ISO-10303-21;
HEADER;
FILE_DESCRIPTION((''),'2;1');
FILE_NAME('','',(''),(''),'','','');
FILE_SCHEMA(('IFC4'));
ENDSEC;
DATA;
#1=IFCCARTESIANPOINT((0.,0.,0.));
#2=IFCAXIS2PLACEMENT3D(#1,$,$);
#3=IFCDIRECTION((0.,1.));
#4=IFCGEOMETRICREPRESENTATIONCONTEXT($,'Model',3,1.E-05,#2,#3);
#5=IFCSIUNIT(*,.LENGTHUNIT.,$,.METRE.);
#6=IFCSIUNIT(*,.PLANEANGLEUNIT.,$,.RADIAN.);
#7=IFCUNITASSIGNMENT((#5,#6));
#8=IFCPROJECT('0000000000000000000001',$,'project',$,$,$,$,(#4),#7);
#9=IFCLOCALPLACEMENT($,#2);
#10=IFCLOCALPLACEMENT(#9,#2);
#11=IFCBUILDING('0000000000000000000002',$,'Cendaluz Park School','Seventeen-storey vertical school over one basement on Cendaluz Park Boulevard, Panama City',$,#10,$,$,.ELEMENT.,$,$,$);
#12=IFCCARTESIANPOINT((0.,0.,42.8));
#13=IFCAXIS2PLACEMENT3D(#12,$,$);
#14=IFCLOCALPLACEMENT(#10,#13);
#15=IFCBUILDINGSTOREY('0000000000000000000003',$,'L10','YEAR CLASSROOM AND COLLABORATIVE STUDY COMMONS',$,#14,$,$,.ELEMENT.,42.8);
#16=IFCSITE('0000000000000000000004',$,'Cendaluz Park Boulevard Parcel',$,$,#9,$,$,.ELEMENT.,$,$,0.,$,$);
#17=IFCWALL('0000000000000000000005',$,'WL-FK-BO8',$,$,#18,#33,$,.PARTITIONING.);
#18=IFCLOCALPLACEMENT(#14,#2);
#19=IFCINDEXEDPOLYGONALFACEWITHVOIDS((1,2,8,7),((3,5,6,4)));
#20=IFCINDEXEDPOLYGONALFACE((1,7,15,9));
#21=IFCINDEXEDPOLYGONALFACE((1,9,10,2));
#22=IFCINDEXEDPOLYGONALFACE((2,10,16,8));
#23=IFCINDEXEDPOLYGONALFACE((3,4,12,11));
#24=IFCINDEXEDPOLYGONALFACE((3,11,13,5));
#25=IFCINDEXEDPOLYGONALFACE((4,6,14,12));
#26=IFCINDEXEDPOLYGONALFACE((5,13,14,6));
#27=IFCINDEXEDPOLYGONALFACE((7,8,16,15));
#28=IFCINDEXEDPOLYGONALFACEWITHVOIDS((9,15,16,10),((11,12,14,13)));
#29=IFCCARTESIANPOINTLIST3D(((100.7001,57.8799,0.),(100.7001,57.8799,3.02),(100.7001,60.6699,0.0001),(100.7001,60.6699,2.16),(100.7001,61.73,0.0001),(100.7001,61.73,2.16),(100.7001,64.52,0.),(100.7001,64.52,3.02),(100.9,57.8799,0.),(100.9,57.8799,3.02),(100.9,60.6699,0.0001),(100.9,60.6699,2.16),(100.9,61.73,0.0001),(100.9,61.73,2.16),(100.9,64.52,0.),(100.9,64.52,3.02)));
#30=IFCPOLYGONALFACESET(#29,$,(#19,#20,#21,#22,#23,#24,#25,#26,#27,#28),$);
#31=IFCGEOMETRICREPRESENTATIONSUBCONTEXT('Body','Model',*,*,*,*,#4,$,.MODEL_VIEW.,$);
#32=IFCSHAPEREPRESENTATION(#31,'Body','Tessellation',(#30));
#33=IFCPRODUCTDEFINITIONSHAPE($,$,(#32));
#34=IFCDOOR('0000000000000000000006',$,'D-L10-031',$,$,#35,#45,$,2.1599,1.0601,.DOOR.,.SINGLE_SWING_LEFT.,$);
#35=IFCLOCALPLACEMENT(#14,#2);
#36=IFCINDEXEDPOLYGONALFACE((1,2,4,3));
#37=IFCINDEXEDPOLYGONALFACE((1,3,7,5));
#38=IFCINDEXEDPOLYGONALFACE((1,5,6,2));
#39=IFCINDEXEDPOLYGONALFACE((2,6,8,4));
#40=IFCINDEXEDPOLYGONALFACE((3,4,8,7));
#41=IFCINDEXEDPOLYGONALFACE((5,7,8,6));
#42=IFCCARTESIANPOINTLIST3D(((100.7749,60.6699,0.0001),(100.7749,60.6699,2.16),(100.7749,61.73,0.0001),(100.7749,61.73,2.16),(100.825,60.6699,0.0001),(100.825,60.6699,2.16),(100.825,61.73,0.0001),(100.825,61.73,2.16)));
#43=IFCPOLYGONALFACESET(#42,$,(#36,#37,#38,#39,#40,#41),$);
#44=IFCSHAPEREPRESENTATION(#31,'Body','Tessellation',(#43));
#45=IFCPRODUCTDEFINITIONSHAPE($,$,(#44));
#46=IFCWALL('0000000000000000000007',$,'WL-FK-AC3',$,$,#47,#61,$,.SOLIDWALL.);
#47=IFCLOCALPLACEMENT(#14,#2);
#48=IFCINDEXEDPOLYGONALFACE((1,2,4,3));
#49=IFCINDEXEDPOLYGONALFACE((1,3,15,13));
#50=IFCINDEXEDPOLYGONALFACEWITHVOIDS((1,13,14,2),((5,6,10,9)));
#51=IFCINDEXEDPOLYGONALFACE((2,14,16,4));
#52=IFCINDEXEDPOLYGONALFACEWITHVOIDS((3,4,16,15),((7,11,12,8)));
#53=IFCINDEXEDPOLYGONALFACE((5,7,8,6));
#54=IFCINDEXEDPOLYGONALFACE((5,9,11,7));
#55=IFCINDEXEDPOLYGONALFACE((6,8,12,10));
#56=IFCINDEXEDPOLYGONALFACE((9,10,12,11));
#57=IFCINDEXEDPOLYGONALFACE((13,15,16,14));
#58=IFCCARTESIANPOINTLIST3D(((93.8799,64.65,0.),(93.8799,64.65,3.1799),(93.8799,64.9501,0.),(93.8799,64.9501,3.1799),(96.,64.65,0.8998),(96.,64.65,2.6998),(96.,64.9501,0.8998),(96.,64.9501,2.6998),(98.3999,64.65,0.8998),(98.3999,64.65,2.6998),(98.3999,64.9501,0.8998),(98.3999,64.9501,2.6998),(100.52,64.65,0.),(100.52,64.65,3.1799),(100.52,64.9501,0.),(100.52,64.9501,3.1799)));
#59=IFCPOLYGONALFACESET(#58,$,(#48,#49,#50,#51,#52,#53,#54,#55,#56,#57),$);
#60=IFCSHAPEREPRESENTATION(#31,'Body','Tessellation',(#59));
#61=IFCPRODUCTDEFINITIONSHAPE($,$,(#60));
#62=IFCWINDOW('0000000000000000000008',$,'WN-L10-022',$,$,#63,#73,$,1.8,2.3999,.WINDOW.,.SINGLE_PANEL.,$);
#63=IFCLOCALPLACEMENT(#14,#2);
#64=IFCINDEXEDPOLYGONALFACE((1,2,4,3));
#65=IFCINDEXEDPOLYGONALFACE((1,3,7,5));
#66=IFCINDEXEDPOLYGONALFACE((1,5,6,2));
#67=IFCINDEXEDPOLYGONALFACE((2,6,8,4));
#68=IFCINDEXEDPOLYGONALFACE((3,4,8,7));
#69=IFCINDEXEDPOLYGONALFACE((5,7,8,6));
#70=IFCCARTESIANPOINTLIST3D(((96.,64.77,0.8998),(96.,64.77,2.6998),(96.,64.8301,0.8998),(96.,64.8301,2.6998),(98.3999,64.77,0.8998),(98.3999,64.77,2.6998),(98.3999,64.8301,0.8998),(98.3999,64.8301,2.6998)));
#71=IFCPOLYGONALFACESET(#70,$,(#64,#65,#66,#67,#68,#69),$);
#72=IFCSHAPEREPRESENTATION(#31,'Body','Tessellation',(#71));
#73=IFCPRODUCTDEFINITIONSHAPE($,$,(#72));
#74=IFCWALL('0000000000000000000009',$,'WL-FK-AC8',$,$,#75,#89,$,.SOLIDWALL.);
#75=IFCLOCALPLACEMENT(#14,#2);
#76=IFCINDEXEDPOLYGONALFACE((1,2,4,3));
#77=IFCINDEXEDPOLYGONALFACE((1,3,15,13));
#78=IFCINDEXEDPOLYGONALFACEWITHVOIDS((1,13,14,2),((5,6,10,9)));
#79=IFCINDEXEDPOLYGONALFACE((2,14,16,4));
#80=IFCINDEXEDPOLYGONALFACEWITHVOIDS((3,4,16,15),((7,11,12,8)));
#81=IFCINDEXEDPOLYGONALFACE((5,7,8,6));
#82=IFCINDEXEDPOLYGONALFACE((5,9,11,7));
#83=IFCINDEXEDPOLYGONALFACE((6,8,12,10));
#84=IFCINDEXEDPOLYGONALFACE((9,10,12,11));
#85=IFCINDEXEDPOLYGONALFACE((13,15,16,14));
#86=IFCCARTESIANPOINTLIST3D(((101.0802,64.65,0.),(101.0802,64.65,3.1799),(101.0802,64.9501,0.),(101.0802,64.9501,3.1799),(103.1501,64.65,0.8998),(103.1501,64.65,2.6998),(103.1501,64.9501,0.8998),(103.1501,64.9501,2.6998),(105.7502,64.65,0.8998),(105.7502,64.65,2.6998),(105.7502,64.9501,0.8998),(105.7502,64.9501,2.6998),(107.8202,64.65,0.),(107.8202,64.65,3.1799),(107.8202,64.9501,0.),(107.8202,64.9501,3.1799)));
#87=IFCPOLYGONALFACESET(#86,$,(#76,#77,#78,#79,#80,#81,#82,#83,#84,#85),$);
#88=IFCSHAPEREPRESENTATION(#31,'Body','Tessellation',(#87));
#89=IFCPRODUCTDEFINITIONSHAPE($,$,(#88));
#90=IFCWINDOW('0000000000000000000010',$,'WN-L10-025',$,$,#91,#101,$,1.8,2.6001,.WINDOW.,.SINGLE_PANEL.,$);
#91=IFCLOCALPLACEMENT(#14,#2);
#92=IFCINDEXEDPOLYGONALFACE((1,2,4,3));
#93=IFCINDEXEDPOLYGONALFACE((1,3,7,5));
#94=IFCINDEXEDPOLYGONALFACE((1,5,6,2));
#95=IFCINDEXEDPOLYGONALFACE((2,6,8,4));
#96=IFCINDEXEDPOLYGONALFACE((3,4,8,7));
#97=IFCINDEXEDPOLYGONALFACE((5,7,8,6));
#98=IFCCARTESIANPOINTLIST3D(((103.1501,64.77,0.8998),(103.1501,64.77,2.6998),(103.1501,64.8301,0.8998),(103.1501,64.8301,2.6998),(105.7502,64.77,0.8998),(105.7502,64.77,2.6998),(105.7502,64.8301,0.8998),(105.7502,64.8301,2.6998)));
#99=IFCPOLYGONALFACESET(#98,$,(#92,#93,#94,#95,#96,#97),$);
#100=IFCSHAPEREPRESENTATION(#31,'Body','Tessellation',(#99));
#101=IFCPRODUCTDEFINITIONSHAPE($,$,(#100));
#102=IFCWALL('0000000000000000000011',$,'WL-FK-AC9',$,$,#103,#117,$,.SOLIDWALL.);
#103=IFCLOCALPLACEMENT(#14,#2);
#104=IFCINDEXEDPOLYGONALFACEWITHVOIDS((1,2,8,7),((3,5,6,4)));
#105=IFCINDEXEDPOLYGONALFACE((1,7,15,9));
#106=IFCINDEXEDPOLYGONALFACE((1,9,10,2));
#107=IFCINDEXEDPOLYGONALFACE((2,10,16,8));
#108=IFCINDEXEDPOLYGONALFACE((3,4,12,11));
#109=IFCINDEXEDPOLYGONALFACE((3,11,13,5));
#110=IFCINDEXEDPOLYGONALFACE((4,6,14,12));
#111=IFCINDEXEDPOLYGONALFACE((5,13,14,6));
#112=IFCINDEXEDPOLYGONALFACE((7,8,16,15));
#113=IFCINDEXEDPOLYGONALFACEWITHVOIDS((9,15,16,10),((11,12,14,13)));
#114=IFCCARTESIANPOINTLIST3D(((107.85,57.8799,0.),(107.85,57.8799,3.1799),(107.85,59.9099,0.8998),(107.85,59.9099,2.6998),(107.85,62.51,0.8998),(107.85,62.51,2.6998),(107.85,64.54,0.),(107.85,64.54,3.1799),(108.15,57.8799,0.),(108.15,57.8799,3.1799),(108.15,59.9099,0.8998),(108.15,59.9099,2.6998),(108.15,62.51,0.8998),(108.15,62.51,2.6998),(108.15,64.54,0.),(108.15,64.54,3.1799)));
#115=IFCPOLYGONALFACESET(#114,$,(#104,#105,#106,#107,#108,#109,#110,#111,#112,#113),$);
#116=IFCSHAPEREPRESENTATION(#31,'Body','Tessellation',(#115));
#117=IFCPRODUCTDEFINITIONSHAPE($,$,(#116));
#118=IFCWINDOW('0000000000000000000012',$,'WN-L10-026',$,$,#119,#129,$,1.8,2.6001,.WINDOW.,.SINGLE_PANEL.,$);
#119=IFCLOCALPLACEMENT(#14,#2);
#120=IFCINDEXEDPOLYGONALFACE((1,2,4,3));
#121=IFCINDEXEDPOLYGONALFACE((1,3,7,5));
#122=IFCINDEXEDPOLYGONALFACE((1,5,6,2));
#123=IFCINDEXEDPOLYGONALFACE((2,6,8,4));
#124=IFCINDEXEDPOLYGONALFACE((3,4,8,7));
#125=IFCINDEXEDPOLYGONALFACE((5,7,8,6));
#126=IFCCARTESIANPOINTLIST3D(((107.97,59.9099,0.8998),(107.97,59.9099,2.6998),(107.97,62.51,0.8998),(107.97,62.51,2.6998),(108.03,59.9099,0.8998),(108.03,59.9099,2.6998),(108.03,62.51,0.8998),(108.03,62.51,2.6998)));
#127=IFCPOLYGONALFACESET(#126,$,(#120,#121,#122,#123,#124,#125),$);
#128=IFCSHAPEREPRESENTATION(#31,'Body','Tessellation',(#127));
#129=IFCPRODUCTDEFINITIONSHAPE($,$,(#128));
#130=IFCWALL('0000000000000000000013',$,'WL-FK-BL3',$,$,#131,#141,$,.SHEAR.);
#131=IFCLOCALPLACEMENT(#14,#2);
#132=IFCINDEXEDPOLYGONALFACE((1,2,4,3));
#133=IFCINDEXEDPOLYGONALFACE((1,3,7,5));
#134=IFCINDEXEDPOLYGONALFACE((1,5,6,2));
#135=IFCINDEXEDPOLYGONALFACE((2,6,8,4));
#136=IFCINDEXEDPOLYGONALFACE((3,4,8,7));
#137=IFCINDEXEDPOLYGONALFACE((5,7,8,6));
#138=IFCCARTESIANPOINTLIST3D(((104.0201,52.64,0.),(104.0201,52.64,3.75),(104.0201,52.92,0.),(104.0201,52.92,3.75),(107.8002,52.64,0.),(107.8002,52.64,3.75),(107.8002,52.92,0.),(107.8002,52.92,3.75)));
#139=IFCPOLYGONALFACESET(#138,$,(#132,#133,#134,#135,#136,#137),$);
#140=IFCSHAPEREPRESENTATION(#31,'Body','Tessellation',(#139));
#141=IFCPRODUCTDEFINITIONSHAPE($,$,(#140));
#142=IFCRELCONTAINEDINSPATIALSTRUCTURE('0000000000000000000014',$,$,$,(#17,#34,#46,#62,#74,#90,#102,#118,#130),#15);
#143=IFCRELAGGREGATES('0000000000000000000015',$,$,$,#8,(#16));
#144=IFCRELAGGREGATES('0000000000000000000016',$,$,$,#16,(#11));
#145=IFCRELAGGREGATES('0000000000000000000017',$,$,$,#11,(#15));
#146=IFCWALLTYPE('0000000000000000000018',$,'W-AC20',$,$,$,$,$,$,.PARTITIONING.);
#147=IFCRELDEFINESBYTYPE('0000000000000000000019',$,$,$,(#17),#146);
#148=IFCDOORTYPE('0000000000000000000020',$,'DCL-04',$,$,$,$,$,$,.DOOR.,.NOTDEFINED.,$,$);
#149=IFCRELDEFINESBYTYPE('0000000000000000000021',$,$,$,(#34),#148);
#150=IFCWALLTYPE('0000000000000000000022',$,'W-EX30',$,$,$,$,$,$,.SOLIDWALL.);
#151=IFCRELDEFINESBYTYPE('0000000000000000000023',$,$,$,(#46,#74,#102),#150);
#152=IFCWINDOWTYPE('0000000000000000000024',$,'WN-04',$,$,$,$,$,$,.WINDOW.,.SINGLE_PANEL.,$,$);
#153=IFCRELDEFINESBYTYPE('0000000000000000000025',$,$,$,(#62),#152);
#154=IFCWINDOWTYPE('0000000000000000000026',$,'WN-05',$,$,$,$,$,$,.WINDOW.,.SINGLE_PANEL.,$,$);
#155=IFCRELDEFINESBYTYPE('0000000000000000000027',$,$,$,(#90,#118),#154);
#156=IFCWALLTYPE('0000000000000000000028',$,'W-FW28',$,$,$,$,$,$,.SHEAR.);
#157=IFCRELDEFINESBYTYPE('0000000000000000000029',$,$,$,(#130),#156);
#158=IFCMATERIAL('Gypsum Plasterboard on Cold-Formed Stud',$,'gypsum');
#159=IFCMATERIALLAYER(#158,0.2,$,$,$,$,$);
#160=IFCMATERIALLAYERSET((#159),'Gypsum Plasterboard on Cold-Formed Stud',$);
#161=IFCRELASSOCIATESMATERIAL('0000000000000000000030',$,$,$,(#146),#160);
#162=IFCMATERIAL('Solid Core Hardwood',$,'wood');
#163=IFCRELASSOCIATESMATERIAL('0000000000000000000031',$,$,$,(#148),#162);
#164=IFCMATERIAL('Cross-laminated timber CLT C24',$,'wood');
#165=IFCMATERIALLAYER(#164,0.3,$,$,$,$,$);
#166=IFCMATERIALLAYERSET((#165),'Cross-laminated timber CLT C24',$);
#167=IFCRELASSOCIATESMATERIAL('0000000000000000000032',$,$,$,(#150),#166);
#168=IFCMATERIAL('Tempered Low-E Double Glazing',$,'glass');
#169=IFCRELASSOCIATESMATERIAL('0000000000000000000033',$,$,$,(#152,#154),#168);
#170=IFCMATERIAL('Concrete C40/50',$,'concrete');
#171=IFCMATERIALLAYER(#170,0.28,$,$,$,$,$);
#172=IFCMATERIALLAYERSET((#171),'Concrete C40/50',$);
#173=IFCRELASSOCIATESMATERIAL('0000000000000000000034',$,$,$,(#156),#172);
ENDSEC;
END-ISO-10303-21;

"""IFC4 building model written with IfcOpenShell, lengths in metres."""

from ifc_helpers import new_model, si_unit, direction, frame, frame_2d, origin, place, context, subcontext, project, spatial, rectangle, extrude, material, layer, layer_set, type_object, element, fill, save


model = new_model("IFC4")

# Units and contexts
model_context = context("Model", 3, precision=1e-05, world=origin(), true_north=direction((0.0, 1.0)))
body_context = subcontext(model_context, "Body", "Model", "MODEL_VIEW")
ifc_project = project(units=[si_unit("LENGTHUNIT", "METRE"), si_unit("PLANEANGLEUNIT", "RADIAN")], contexts=[model_context])

# Site, building, storey
site_placement = place(None, origin())
site = spatial("IfcSite", under=ifc_project, at=site_placement, Name="Cendaluz Park Boulevard Parcel", CompositionType="ELEMENT", RefElevation=0.0)
building_placement = place(site_placement, origin())
building = spatial("IfcBuilding", under=site, at=building_placement, Name="Cendaluz Park School", Description="Seventeen-storey vertical school over one basement on Cendaluz Park Boulevard, Panama City", CompositionType="ELEMENT")
storey_placement = place(building_placement, frame((0.0, 0.0, 42.8)))
storey = spatial("IfcBuildingStorey", under=building, at=storey_placement, Name="L10", Description="YEAR CLASSROOM AND COLLABORATIVE STUDY COMMONS", CompositionType="ELEMENT", Elevation=42.8)

# Wall, opening, door
ifc_material_1 = material(Name="Gypsum Plasterboard on Cold-Formed Stud", Category="gypsum")
ifc_layer_1 = layer(ifc_material_1, 0.2)
ifc_layer_set_1 = layer_set([ifc_layer_1], Name="Gypsum Plasterboard on Cold-Formed Stud")
wall_type_1 = type_object("IfcWallType", Name="W-AC20", PredefinedType="PARTITIONING", material=ifc_layer_set_1)
wall_1_placement = place(storey_placement, frame((100.8, 57.8799, 0.0), z_axis=(0.0, 0.0, 1.0), x_axis=(0.0, 1.0, 0.0)))
wall_1 = element("IfcWall", 1, at=wall_1_placement, inside=storey, type_object=wall_type_1, Name="WL-FK-BO8", PredefinedType="PARTITIONING", context=body_context, shape_type="SweptSolid", body=[
    extrude(rectangle(XDim=6.6401, YDim=0.2, at=frame_2d((3.3201, 0.0))), origin(), (0.0, 0.0, 1.0), 3.02),
])
opening_1_placement = place(wall_1_placement, frame((2.79, 0.0, 0.0)))
opening_1 = element("IfcOpeningElement", 2, at=opening_1_placement, cuts=wall_1, PredefinedType="OPENING", context=body_context, shape_type="SweptSolid", body=[
    extrude(rectangle(XDim=1.0601, YDim=2.1599, at=frame_2d((0.53, 1.0801))), frame((0.0, 0.1121, 0.0), z_axis=(0.0, -1.0, 0.0), x_axis=(1.0, 0.0, 0.0)), (0.0, 0.0, 1.0), 0.2239),
])
ifc_material_2 = material(Name="Solid Core Hardwood", Category="wood")
door_type_1 = type_object("IfcDoorType", Name="DCL-04", OperationType="NOTDEFINED", PredefinedType="DOOR", material=ifc_material_2)
door_1_placement = place(opening_1_placement, frame((1.0601, 0.0, 0.0), z_axis=(0.0, 0.0, 1.0), x_axis=(-1.0, 0.0, 0.0)))
door_1 = element("IfcDoor", 3, at=door_1_placement, inside=storey, type_object=door_type_1, Name="D-L10-031", OperationType="SINGLE_SWING_LEFT", OverallHeight=2.1599, OverallWidth=1.0601, PredefinedType="DOOR", context=body_context, shape_type="SweptSolid", body=[
    extrude(rectangle(XDim=1.0601, YDim=2.1599, at=frame_2d((0.53, 1.0801))), frame((0.0, 0.0249, 0.0), z_axis=(0.0, -1.0, 0.0), x_axis=(1.0, 0.0, 0.0)), (0.0, 0.0, 1.0), 0.05),
])
fill(opening_1, door_1)

# Walls, openings, windows
ifc_material_3 = material(Name="Cross-laminated timber CLT C24", Category="wood")
ifc_layer_2 = layer(ifc_material_3, 0.3)
ifc_layer_set_2 = layer_set([ifc_layer_2], Name="Cross-laminated timber CLT C24")
wall_type_2 = type_object("IfcWallType", Name="W-EX30", PredefinedType="SOLIDWALL", material=ifc_layer_set_2)
wall_2_placement = place(storey_placement, frame((93.8799, 64.8, 0.0), z_axis=(0.0, 0.0, 1.0), x_axis=(1.0, 0.0, 0.0)))
wall_2 = element("IfcWall", 4, at=wall_2_placement, inside=storey, type_object=wall_type_2, Name="WL-FK-AC3", PredefinedType="SOLIDWALL", context=body_context, shape_type="SweptSolid", body=[
    extrude(rectangle(XDim=6.6401, YDim=0.3, at=frame_2d((3.3201, 0.0))), origin(), (0.0, 0.0, 1.0), 3.1799),
])
opening_2_placement = place(wall_2_placement, frame((2.1201, 0.0, 0.8999)))
opening_2 = element("IfcOpeningElement", 5, at=opening_2_placement, cuts=wall_2, PredefinedType="OPENING", context=body_context, shape_type="SweptSolid", body=[
    extrude(rectangle(XDim=2.3999, YDim=1.8, at=frame_2d((1.2, 0.8999))), frame((0.0, 0.1621, 0.0), z_axis=(0.0, -1.0, 0.0), x_axis=(1.0, 0.0, 0.0)), (0.0, 0.0, 1.0), 0.324),
])
ifc_material_4 = material(Name="Tempered Low-E Double Glazing", Category="glass")
window_type_1 = type_object("IfcWindowType", Name="WN-04", PartitioningType="SINGLE_PANEL", PredefinedType="WINDOW", material=ifc_material_4)
window_1_placement = place(opening_2_placement, origin())
window_1 = element("IfcWindow", 6, at=window_1_placement, inside=storey, type_object=window_type_1, Name="WN-L10-022", OverallHeight=1.8, OverallWidth=2.3999, PartitioningType="SINGLE_PANEL", PredefinedType="WINDOW", context=body_context, shape_type="SweptSolid", body=[
    extrude(rectangle(XDim=2.3999, YDim=1.8, at=frame_2d((1.2, 0.8999))), frame((0.0, 0.03, 0.0), z_axis=(0.0, -1.0, 0.0), x_axis=(1.0, 0.0, 0.0)), (0.0, 0.0, 1.0), 0.0601),
])
fill(opening_2, window_1)
wall_3_placement = place(storey_placement, frame((101.0801, 64.8, 0.0), z_axis=(0.0, 0.0, 1.0), x_axis=(1.0, 0.0, 0.0)))
wall_3 = element("IfcWall", 7, at=wall_3_placement, inside=storey, type_object=wall_type_2, Name="WL-FK-AC8", PredefinedType="SOLIDWALL", context=body_context, shape_type="SweptSolid", body=[
    extrude(rectangle(XDim=6.74, YDim=0.3, at=frame_2d((3.3701, 0.0))), origin(), (0.0, 0.0, 1.0), 3.1799),
])
opening_3_placement = place(wall_3_placement, frame((2.0701, 0.0, 0.8999)))
opening_3 = element("IfcOpeningElement", 8, at=opening_3_placement, cuts=wall_3, PredefinedType="OPENING", context=body_context, shape_type="SweptSolid", body=[
    extrude(rectangle(XDim=2.6001, YDim=1.8, at=frame_2d((1.3, 0.8999))), frame((0.0, 0.1621, 0.0), z_axis=(0.0, -1.0, 0.0), x_axis=(1.0, 0.0, 0.0)), (0.0, 0.0, 1.0), 0.324),
])
window_type_2 = type_object("IfcWindowType", Name="WN-05", PartitioningType="SINGLE_PANEL", PredefinedType="WINDOW", material=ifc_material_4)
window_2_placement = place(opening_3_placement, origin())
window_2 = element("IfcWindow", 9, at=window_2_placement, inside=storey, type_object=window_type_2, Name="WN-L10-025", OverallHeight=1.8, OverallWidth=2.6001, PartitioningType="SINGLE_PANEL", PredefinedType="WINDOW", context=body_context, shape_type="SweptSolid", body=[
    extrude(rectangle(XDim=2.6001, YDim=1.8, at=frame_2d((1.3, 0.8999))), frame((0.0, 0.03, 0.0), z_axis=(0.0, -1.0, 0.0), x_axis=(1.0, 0.0, 0.0)), (0.0, 0.0, 1.0), 0.0601),
])
fill(opening_3, window_2)
wall_4_placement = place(storey_placement, frame((108.0, 57.8799, 0.0), z_axis=(0.0, 0.0, 1.0), x_axis=(0.0, 1.0, 0.0)))
wall_4 = element("IfcWall", 10, at=wall_4_placement, inside=storey, type_object=wall_type_2, Name="WL-FK-AC9", PredefinedType="SOLIDWALL", context=body_context, shape_type="SweptSolid", body=[
    extrude(rectangle(XDim=6.6602, YDim=0.3, at=frame_2d((3.3301, 0.0))), origin(), (0.0, 0.0, 1.0), 3.1799),
])
opening_4_placement = place(wall_4_placement, frame((2.03, 0.0, 0.8999)))
opening_4 = element("IfcOpeningElement", 11, at=opening_4_placement, cuts=wall_4, PredefinedType="OPENING", context=body_context, shape_type="SweptSolid", body=[
    extrude(rectangle(XDim=2.6001, YDim=1.8, at=frame_2d((1.3, 0.8999))), frame((0.0, 0.1621, 0.0), z_axis=(0.0, -1.0, 0.0), x_axis=(1.0, 0.0, 0.0)), (0.0, 0.0, 1.0), 0.324),
])
window_3_placement = place(opening_4_placement, origin())
window_3 = element("IfcWindow", 12, at=window_3_placement, inside=storey, type_object=window_type_2, Name="WN-L10-026", OverallHeight=1.8, OverallWidth=2.6001, PartitioningType="SINGLE_PANEL", PredefinedType="WINDOW", context=body_context, shape_type="SweptSolid", body=[
    extrude(rectangle(XDim=2.6001, YDim=1.8, at=frame_2d((1.3, 0.8999))), frame((0.0, 0.03, 0.0), z_axis=(0.0, -1.0, 0.0), x_axis=(1.0, 0.0, 0.0)), (0.0, 0.0, 1.0), 0.0601),
])
fill(opening_4, window_3)

# Wall
ifc_material_5 = material(Name="Concrete C40/50", Category="concrete")
ifc_layer_3 = layer(ifc_material_5, 0.28)
ifc_layer_set_3 = layer_set([ifc_layer_3], Name="Concrete C40/50")
wall_type_3 = type_object("IfcWallType", Name="W-FW28", PredefinedType="SHEAR", material=ifc_layer_set_3)
wall_5_placement = place(storey_placement, frame((104.02, 52.78, 0.0), z_axis=(0.0, 0.0, 1.0), x_axis=(1.0, 0.0, 0.0)))
element("IfcWall", 13, at=wall_5_placement, inside=storey, type_object=wall_type_3, Name="WL-FK-BL3", PredefinedType="SHEAR", context=body_context, shape_type="SweptSolid", body=[
    extrude(rectangle(XDim=3.78, YDim=0.28, at=frame_2d((1.8901, 0.0))), origin(), (0.0, 0.0, 1.0), 3.75),
])

save(model, "model.ifc")
